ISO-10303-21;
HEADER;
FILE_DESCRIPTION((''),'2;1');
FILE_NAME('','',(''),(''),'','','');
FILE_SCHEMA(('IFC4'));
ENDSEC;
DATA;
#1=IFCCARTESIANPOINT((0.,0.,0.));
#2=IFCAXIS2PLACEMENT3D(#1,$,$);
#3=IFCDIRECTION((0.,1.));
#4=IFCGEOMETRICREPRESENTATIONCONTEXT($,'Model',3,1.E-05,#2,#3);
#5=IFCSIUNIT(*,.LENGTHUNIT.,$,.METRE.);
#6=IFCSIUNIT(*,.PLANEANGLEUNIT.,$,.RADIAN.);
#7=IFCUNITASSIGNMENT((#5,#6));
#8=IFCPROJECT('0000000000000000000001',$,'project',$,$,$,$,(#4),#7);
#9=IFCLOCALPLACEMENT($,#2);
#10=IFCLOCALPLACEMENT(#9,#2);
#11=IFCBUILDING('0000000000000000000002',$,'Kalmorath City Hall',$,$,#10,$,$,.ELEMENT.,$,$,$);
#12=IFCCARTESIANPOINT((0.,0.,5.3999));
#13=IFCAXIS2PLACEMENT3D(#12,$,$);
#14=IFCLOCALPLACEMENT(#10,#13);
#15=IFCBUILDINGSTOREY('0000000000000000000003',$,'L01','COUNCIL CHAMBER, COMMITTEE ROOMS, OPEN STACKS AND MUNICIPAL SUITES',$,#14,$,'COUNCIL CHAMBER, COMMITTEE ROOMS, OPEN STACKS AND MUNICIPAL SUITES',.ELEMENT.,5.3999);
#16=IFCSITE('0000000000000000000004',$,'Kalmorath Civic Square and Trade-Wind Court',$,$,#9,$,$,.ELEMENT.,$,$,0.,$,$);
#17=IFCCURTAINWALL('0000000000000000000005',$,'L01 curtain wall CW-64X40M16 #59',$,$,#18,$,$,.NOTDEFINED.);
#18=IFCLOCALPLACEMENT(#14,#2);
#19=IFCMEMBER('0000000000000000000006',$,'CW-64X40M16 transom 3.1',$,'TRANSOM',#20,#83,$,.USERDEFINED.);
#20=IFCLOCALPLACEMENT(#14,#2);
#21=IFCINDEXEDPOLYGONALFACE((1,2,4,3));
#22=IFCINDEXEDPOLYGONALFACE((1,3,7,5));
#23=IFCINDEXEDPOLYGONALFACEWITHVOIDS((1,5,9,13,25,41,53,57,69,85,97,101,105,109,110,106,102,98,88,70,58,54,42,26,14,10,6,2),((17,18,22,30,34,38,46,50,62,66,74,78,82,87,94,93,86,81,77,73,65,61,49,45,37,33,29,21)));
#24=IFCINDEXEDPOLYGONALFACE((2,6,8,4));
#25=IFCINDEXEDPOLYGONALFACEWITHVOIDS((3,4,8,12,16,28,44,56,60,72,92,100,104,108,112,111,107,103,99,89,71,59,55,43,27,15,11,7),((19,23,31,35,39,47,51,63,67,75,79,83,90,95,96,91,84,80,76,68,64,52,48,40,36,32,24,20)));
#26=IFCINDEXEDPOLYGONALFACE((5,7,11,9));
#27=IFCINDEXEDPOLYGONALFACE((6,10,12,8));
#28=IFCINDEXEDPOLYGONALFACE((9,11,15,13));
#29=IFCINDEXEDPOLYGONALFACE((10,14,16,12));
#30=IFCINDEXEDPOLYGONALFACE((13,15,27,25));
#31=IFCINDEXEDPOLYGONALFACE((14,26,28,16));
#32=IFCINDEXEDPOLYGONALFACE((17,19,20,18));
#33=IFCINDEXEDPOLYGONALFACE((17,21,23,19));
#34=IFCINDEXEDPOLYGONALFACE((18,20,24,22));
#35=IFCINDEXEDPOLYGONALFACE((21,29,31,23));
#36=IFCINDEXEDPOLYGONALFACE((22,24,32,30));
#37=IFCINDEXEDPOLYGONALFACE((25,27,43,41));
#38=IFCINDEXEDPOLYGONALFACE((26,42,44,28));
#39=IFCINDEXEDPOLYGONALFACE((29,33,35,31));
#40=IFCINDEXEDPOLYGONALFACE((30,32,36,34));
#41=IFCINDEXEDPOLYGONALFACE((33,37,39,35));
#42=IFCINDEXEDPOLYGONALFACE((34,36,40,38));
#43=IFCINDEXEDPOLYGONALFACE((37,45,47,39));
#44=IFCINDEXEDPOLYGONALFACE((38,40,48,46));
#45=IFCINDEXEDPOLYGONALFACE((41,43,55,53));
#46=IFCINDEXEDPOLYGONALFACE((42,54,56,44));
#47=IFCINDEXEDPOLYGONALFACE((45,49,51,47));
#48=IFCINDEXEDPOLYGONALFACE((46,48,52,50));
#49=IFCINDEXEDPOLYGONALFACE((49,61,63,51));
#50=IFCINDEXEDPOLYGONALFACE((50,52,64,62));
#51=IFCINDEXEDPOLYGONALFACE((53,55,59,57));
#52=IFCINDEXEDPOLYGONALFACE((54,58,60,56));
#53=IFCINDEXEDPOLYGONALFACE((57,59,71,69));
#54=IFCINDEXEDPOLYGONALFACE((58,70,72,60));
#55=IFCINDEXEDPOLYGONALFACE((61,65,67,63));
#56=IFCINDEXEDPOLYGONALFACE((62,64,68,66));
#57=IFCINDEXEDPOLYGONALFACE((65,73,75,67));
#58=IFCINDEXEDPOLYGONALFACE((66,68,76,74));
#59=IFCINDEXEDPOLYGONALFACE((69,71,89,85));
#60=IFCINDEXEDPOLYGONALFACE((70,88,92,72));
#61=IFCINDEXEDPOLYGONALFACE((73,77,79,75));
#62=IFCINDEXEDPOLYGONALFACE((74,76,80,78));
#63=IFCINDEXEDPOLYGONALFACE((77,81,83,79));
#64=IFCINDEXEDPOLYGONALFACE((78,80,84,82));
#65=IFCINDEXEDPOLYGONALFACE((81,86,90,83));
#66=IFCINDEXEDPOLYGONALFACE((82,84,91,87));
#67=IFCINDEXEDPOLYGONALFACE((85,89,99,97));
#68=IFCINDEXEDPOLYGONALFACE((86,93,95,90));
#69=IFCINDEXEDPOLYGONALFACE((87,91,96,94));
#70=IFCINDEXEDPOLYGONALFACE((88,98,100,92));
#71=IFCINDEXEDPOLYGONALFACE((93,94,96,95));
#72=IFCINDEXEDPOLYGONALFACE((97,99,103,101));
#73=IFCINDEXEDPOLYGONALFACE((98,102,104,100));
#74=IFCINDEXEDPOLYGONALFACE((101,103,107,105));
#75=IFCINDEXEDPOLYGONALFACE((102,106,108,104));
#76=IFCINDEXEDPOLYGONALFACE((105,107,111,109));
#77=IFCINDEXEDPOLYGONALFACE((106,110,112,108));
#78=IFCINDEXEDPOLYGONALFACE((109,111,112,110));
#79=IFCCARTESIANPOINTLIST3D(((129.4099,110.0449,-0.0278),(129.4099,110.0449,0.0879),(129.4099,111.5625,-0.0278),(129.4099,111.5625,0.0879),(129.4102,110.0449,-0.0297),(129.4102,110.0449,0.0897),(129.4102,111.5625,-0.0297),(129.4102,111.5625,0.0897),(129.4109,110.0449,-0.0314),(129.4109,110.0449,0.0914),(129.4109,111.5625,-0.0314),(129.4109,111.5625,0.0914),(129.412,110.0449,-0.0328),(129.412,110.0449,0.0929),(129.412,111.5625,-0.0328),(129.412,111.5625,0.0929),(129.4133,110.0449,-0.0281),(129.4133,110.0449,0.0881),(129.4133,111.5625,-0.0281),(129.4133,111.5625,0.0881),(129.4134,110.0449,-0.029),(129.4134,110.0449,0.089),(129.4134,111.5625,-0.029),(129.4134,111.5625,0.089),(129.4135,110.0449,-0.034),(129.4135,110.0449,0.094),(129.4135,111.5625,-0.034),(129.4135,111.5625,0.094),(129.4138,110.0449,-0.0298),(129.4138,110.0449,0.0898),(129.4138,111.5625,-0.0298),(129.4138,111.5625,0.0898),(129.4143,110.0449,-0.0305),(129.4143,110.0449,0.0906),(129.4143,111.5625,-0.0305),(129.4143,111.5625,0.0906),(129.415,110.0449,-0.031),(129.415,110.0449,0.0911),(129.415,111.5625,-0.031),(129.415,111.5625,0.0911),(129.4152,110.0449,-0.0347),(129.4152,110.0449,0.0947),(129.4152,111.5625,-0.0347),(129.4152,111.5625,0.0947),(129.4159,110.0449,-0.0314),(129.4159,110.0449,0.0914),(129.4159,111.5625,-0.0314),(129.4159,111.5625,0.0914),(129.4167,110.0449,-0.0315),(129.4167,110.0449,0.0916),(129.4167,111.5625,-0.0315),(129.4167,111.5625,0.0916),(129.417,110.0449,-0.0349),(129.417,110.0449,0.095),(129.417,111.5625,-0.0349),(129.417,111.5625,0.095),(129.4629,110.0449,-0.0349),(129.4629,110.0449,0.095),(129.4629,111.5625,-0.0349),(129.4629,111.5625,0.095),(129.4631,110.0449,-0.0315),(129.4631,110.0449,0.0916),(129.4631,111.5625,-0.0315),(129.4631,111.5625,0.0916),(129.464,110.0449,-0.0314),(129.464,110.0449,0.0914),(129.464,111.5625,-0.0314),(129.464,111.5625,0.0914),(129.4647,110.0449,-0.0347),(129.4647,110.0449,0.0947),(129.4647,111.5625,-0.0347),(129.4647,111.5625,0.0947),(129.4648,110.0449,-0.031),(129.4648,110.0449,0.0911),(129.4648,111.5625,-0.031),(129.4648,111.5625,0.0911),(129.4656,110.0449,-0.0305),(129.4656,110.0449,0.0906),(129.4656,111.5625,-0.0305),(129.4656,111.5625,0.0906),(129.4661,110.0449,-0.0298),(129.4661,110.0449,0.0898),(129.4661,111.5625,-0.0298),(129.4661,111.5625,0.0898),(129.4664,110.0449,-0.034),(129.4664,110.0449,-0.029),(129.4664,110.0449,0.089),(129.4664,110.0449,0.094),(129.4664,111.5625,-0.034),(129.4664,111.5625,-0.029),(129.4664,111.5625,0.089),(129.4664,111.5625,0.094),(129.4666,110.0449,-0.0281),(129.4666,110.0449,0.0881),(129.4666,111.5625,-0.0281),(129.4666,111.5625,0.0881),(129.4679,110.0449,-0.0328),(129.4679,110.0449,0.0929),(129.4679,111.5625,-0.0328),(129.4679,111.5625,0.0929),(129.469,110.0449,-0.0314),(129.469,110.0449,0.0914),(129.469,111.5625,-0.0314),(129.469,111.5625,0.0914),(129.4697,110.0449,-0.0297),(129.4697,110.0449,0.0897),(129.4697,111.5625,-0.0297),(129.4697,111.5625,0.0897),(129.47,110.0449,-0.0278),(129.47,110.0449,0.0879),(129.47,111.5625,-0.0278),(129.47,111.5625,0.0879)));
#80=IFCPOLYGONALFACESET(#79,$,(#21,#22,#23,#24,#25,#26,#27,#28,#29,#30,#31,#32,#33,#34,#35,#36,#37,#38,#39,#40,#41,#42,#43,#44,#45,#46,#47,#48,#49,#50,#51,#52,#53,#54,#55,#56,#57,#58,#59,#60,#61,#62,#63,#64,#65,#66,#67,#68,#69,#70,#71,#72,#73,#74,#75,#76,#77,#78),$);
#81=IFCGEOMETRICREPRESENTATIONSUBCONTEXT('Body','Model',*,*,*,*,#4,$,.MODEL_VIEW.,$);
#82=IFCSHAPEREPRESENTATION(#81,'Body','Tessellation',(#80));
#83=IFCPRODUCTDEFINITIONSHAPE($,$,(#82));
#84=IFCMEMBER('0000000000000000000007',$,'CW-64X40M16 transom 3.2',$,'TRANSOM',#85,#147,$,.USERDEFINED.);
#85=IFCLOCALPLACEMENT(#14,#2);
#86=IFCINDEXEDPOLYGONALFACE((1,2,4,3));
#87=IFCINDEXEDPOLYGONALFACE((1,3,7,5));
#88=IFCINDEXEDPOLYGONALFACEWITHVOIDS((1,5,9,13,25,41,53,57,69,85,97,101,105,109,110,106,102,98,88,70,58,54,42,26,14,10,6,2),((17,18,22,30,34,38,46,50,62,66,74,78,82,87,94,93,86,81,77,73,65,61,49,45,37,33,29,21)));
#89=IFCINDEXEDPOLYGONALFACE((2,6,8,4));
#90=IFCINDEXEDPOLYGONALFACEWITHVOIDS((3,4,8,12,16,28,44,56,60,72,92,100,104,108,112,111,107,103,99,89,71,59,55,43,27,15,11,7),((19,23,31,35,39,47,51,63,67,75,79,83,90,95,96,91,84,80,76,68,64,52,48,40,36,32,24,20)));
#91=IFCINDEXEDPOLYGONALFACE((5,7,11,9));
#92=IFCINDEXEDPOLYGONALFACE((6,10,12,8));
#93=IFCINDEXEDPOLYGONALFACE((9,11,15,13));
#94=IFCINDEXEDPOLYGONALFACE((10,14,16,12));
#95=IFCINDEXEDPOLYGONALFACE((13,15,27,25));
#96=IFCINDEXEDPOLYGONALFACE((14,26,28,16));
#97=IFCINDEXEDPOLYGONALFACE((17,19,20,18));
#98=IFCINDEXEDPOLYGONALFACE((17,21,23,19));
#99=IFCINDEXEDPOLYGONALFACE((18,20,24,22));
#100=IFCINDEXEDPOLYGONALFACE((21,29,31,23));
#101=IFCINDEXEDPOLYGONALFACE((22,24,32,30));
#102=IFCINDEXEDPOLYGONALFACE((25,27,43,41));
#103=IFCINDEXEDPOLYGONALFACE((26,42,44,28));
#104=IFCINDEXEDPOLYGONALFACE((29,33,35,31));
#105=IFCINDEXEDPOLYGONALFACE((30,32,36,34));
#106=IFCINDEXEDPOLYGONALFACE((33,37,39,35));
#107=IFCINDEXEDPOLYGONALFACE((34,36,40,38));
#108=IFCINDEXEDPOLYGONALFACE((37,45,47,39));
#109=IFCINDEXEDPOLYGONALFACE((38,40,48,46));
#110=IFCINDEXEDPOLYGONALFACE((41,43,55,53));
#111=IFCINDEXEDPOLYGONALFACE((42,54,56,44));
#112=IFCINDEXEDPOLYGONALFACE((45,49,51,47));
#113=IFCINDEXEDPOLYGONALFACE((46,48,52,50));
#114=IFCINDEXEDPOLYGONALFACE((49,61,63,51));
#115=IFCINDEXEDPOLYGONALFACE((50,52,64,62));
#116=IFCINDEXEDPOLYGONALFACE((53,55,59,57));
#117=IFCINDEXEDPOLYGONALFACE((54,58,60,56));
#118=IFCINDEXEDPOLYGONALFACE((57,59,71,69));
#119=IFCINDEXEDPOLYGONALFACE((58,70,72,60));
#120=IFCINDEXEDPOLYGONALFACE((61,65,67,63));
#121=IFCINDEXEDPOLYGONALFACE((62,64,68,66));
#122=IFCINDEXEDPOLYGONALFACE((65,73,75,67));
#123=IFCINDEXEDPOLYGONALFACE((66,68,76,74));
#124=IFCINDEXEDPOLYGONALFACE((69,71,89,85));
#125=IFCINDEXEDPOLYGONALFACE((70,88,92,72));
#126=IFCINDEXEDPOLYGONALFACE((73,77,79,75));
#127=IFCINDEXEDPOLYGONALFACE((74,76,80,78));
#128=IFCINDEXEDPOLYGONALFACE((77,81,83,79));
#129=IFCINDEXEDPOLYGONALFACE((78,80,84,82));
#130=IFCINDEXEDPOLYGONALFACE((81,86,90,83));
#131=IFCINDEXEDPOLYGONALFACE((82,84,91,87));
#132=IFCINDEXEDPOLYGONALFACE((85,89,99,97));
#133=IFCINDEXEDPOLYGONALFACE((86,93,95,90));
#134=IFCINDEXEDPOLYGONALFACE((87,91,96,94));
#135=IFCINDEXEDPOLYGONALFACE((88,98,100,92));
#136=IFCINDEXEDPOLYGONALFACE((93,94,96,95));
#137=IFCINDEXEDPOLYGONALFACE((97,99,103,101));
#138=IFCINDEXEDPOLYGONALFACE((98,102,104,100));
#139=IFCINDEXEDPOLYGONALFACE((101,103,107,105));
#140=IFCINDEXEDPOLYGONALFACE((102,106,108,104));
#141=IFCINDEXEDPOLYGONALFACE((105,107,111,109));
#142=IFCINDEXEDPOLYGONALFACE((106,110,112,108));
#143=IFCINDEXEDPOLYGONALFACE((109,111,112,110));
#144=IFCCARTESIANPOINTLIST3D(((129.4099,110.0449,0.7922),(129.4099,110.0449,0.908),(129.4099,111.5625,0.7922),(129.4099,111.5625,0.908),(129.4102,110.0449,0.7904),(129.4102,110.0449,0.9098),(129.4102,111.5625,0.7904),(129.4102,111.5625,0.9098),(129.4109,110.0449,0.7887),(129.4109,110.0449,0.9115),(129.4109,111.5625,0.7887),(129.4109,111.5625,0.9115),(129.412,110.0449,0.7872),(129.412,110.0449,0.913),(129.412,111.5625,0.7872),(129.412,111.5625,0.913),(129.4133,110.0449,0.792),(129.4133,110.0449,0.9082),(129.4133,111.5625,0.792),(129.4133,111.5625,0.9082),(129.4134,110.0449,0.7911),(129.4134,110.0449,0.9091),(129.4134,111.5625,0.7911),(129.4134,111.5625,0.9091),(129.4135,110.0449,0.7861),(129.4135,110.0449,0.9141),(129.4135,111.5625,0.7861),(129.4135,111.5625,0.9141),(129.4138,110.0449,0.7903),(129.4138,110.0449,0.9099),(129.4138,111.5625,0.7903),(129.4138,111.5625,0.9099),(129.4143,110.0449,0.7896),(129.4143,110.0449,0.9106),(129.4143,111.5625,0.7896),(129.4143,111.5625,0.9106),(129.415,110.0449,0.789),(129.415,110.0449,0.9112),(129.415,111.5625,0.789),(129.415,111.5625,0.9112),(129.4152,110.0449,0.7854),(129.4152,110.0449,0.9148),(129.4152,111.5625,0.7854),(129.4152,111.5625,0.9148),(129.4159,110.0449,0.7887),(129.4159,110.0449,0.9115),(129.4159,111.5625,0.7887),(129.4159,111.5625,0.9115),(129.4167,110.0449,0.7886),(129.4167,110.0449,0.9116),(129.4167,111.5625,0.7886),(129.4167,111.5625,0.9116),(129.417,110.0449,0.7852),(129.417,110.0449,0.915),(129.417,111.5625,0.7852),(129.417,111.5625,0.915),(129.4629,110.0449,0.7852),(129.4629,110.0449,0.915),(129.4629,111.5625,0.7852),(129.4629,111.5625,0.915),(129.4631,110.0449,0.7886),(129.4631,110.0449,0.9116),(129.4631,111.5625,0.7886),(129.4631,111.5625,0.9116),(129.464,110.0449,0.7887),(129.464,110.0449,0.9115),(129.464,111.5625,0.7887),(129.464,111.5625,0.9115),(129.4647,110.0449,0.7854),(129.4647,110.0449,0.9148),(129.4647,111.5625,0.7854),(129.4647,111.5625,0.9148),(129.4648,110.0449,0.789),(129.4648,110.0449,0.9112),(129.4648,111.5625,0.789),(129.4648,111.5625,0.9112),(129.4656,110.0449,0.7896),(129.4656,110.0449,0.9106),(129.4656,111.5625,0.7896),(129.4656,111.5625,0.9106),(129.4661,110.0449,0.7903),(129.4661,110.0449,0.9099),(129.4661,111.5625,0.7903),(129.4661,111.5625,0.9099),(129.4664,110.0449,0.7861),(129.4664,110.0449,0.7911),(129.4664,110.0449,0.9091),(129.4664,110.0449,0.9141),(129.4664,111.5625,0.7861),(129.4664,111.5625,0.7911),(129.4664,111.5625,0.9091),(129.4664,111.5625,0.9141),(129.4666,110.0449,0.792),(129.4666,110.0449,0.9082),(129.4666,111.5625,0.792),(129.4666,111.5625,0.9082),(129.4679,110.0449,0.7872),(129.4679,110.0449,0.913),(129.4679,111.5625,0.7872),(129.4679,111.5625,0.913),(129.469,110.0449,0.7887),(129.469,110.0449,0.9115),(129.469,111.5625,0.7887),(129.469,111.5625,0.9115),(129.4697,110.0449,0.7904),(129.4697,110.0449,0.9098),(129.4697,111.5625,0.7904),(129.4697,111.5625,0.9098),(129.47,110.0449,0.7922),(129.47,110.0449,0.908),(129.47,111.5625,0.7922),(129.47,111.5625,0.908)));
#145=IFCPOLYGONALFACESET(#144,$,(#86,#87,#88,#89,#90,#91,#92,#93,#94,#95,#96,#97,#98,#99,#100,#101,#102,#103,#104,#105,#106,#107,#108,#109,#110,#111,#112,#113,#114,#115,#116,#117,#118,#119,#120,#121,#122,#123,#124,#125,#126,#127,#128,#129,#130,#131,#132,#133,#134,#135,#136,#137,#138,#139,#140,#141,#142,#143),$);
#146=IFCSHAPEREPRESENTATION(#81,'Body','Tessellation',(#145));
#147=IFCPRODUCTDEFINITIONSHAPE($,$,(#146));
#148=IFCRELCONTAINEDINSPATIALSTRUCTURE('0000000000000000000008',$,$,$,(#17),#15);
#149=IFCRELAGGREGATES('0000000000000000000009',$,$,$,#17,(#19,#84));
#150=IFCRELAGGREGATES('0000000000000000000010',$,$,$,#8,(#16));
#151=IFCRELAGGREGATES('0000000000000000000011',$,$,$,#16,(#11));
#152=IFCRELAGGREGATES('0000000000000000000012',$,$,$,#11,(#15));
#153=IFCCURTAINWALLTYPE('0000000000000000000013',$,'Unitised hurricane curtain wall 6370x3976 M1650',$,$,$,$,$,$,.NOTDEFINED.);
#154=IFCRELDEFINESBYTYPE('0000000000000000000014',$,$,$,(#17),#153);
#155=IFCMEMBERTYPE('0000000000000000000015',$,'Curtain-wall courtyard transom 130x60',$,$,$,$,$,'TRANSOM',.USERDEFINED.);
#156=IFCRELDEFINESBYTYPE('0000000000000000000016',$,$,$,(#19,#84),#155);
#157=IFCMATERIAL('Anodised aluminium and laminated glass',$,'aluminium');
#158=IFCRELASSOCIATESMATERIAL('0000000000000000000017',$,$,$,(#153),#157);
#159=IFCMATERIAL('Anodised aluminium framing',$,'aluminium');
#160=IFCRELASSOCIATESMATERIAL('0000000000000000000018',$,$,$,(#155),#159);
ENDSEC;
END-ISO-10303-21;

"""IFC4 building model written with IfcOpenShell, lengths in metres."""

from ifc_helpers import new_model, si_unit, direction, frame, origin, origin_2d, place, context, subcontext, project, spatial, hollow_rectangle, extrude, material, material_profile, profile_set, type_object, element, aggregate, save


model = new_model("IFC4")

# Units and contexts
model_context = context("Model", 3, precision=1e-05, world=origin(), true_north=direction((0.0, 1.0)))
body_context = subcontext(model_context, "Body", "Model", "MODEL_VIEW")
ifc_project = project(units=[si_unit("LENGTHUNIT", "METRE"), si_unit("PLANEANGLEUNIT", "RADIAN")], contexts=[model_context])

# Site, building, storey
site_placement = place(None, origin())
site = spatial("IfcSite", under=ifc_project, at=site_placement, Name="Kalmorath Civic Square and Trade-Wind Court", CompositionType="ELEMENT", RefElevation=0.0)
building_placement = place(site_placement, origin())
building = spatial("IfcBuilding", under=site, at=building_placement, Name="Kalmorath City Hall", CompositionType="ELEMENT")
storey_placement = place(building_placement, frame((0.0, 0.0, 5.3999)))
storey = spatial("IfcBuildingStorey", under=building, at=storey_placement, Name="L01", Description="COUNCIL CHAMBER, COMMITTEE ROOMS, OPEN STACKS AND MUNICIPAL SUITES", LongName="COUNCIL CHAMBER, COMMITTEE ROOMS, OPEN STACKS AND MUNICIPAL SUITES", CompositionType="ELEMENT", Elevation=5.3999)

# Curtain wall, members
ifc_material_1 = material(Name="Anodised aluminium and laminated glass", Category="aluminium")
curtain_wall_type = type_object("IfcCurtainWallType", Name="Unitised hurricane curtain wall 6370x3976 M1650", PredefinedType="NOTDEFINED", material=ifc_material_1)
curtain_wall_placement = place(storey_placement, origin())
curtain_wall = element("IfcCurtainWall", 1, at=curtain_wall_placement, inside=storey, type_object=curtain_wall_type, Name="L01 curtain wall CW-64X40M16 #59", PredefinedType="NOTDEFINED")
ifc_material_2 = material(Name="Anodised aluminium framing", Category="aluminium")
ifc_material_profile_1 = material_profile(ifc_material_2, hollow_rectangle(XDim=0.0601, YDim=0.1299, WallThickness=0.0034, InnerFilletRadius=0.0034, OuterFilletRadius=0.0071, at=origin_2d()), Name="ALU-TRN-130X60X3.5")
ifc_profile_set_1 = profile_set([ifc_material_profile_1], Name="Anodised aluminium framing")
member_type_1 = type_object("IfcMemberType", Name="Curtain-wall courtyard transom 130x60", ElementType="TRANSOM", PredefinedType="USERDEFINED", material=ifc_profile_set_1)
member_1_placement = place(storey_placement, frame((129.4399, 111.5625, 0.03), z_axis=(0.0, -1.0, 0.0), x_axis=(1.0, 0.0, 0.0)))
member_1 = element("IfcMember", 2, at=member_1_placement, type_object=member_type_1, Name="CW-64X40M16 transom 3.1", ObjectType="TRANSOM", PredefinedType="USERDEFINED", context=body_context, shape_type="SweptSolid", body=[
    extrude(hollow_rectangle(XDim=0.0601, YDim=0.1299, WallThickness=0.0034, InnerFilletRadius=0.0034, OuterFilletRadius=0.0071, at=origin_2d()), origin(), (0.0, 0.0, 1.0), 1.5176),
])
member_2_placement = place(storey_placement, frame((129.4399, 111.5625, 0.8501), z_axis=(0.0, -1.0, 0.0), x_axis=(1.0, 0.0, 0.0)))
member_2 = element("IfcMember", 3, at=member_2_placement, type_object=member_type_1, Name="CW-64X40M16 transom 3.2", ObjectType="TRANSOM", PredefinedType="USERDEFINED", context=body_context, shape_type="SweptSolid", body=[
    extrude(hollow_rectangle(XDim=0.0601, YDim=0.1299, WallThickness=0.0034, InnerFilletRadius=0.0034, OuterFilletRadius=0.0071, at=origin_2d()), origin(), (0.0, 0.0, 1.0), 1.5176),
])

aggregate(curtain_wall, [member_1, member_2])

save(model, "model.ifc")
